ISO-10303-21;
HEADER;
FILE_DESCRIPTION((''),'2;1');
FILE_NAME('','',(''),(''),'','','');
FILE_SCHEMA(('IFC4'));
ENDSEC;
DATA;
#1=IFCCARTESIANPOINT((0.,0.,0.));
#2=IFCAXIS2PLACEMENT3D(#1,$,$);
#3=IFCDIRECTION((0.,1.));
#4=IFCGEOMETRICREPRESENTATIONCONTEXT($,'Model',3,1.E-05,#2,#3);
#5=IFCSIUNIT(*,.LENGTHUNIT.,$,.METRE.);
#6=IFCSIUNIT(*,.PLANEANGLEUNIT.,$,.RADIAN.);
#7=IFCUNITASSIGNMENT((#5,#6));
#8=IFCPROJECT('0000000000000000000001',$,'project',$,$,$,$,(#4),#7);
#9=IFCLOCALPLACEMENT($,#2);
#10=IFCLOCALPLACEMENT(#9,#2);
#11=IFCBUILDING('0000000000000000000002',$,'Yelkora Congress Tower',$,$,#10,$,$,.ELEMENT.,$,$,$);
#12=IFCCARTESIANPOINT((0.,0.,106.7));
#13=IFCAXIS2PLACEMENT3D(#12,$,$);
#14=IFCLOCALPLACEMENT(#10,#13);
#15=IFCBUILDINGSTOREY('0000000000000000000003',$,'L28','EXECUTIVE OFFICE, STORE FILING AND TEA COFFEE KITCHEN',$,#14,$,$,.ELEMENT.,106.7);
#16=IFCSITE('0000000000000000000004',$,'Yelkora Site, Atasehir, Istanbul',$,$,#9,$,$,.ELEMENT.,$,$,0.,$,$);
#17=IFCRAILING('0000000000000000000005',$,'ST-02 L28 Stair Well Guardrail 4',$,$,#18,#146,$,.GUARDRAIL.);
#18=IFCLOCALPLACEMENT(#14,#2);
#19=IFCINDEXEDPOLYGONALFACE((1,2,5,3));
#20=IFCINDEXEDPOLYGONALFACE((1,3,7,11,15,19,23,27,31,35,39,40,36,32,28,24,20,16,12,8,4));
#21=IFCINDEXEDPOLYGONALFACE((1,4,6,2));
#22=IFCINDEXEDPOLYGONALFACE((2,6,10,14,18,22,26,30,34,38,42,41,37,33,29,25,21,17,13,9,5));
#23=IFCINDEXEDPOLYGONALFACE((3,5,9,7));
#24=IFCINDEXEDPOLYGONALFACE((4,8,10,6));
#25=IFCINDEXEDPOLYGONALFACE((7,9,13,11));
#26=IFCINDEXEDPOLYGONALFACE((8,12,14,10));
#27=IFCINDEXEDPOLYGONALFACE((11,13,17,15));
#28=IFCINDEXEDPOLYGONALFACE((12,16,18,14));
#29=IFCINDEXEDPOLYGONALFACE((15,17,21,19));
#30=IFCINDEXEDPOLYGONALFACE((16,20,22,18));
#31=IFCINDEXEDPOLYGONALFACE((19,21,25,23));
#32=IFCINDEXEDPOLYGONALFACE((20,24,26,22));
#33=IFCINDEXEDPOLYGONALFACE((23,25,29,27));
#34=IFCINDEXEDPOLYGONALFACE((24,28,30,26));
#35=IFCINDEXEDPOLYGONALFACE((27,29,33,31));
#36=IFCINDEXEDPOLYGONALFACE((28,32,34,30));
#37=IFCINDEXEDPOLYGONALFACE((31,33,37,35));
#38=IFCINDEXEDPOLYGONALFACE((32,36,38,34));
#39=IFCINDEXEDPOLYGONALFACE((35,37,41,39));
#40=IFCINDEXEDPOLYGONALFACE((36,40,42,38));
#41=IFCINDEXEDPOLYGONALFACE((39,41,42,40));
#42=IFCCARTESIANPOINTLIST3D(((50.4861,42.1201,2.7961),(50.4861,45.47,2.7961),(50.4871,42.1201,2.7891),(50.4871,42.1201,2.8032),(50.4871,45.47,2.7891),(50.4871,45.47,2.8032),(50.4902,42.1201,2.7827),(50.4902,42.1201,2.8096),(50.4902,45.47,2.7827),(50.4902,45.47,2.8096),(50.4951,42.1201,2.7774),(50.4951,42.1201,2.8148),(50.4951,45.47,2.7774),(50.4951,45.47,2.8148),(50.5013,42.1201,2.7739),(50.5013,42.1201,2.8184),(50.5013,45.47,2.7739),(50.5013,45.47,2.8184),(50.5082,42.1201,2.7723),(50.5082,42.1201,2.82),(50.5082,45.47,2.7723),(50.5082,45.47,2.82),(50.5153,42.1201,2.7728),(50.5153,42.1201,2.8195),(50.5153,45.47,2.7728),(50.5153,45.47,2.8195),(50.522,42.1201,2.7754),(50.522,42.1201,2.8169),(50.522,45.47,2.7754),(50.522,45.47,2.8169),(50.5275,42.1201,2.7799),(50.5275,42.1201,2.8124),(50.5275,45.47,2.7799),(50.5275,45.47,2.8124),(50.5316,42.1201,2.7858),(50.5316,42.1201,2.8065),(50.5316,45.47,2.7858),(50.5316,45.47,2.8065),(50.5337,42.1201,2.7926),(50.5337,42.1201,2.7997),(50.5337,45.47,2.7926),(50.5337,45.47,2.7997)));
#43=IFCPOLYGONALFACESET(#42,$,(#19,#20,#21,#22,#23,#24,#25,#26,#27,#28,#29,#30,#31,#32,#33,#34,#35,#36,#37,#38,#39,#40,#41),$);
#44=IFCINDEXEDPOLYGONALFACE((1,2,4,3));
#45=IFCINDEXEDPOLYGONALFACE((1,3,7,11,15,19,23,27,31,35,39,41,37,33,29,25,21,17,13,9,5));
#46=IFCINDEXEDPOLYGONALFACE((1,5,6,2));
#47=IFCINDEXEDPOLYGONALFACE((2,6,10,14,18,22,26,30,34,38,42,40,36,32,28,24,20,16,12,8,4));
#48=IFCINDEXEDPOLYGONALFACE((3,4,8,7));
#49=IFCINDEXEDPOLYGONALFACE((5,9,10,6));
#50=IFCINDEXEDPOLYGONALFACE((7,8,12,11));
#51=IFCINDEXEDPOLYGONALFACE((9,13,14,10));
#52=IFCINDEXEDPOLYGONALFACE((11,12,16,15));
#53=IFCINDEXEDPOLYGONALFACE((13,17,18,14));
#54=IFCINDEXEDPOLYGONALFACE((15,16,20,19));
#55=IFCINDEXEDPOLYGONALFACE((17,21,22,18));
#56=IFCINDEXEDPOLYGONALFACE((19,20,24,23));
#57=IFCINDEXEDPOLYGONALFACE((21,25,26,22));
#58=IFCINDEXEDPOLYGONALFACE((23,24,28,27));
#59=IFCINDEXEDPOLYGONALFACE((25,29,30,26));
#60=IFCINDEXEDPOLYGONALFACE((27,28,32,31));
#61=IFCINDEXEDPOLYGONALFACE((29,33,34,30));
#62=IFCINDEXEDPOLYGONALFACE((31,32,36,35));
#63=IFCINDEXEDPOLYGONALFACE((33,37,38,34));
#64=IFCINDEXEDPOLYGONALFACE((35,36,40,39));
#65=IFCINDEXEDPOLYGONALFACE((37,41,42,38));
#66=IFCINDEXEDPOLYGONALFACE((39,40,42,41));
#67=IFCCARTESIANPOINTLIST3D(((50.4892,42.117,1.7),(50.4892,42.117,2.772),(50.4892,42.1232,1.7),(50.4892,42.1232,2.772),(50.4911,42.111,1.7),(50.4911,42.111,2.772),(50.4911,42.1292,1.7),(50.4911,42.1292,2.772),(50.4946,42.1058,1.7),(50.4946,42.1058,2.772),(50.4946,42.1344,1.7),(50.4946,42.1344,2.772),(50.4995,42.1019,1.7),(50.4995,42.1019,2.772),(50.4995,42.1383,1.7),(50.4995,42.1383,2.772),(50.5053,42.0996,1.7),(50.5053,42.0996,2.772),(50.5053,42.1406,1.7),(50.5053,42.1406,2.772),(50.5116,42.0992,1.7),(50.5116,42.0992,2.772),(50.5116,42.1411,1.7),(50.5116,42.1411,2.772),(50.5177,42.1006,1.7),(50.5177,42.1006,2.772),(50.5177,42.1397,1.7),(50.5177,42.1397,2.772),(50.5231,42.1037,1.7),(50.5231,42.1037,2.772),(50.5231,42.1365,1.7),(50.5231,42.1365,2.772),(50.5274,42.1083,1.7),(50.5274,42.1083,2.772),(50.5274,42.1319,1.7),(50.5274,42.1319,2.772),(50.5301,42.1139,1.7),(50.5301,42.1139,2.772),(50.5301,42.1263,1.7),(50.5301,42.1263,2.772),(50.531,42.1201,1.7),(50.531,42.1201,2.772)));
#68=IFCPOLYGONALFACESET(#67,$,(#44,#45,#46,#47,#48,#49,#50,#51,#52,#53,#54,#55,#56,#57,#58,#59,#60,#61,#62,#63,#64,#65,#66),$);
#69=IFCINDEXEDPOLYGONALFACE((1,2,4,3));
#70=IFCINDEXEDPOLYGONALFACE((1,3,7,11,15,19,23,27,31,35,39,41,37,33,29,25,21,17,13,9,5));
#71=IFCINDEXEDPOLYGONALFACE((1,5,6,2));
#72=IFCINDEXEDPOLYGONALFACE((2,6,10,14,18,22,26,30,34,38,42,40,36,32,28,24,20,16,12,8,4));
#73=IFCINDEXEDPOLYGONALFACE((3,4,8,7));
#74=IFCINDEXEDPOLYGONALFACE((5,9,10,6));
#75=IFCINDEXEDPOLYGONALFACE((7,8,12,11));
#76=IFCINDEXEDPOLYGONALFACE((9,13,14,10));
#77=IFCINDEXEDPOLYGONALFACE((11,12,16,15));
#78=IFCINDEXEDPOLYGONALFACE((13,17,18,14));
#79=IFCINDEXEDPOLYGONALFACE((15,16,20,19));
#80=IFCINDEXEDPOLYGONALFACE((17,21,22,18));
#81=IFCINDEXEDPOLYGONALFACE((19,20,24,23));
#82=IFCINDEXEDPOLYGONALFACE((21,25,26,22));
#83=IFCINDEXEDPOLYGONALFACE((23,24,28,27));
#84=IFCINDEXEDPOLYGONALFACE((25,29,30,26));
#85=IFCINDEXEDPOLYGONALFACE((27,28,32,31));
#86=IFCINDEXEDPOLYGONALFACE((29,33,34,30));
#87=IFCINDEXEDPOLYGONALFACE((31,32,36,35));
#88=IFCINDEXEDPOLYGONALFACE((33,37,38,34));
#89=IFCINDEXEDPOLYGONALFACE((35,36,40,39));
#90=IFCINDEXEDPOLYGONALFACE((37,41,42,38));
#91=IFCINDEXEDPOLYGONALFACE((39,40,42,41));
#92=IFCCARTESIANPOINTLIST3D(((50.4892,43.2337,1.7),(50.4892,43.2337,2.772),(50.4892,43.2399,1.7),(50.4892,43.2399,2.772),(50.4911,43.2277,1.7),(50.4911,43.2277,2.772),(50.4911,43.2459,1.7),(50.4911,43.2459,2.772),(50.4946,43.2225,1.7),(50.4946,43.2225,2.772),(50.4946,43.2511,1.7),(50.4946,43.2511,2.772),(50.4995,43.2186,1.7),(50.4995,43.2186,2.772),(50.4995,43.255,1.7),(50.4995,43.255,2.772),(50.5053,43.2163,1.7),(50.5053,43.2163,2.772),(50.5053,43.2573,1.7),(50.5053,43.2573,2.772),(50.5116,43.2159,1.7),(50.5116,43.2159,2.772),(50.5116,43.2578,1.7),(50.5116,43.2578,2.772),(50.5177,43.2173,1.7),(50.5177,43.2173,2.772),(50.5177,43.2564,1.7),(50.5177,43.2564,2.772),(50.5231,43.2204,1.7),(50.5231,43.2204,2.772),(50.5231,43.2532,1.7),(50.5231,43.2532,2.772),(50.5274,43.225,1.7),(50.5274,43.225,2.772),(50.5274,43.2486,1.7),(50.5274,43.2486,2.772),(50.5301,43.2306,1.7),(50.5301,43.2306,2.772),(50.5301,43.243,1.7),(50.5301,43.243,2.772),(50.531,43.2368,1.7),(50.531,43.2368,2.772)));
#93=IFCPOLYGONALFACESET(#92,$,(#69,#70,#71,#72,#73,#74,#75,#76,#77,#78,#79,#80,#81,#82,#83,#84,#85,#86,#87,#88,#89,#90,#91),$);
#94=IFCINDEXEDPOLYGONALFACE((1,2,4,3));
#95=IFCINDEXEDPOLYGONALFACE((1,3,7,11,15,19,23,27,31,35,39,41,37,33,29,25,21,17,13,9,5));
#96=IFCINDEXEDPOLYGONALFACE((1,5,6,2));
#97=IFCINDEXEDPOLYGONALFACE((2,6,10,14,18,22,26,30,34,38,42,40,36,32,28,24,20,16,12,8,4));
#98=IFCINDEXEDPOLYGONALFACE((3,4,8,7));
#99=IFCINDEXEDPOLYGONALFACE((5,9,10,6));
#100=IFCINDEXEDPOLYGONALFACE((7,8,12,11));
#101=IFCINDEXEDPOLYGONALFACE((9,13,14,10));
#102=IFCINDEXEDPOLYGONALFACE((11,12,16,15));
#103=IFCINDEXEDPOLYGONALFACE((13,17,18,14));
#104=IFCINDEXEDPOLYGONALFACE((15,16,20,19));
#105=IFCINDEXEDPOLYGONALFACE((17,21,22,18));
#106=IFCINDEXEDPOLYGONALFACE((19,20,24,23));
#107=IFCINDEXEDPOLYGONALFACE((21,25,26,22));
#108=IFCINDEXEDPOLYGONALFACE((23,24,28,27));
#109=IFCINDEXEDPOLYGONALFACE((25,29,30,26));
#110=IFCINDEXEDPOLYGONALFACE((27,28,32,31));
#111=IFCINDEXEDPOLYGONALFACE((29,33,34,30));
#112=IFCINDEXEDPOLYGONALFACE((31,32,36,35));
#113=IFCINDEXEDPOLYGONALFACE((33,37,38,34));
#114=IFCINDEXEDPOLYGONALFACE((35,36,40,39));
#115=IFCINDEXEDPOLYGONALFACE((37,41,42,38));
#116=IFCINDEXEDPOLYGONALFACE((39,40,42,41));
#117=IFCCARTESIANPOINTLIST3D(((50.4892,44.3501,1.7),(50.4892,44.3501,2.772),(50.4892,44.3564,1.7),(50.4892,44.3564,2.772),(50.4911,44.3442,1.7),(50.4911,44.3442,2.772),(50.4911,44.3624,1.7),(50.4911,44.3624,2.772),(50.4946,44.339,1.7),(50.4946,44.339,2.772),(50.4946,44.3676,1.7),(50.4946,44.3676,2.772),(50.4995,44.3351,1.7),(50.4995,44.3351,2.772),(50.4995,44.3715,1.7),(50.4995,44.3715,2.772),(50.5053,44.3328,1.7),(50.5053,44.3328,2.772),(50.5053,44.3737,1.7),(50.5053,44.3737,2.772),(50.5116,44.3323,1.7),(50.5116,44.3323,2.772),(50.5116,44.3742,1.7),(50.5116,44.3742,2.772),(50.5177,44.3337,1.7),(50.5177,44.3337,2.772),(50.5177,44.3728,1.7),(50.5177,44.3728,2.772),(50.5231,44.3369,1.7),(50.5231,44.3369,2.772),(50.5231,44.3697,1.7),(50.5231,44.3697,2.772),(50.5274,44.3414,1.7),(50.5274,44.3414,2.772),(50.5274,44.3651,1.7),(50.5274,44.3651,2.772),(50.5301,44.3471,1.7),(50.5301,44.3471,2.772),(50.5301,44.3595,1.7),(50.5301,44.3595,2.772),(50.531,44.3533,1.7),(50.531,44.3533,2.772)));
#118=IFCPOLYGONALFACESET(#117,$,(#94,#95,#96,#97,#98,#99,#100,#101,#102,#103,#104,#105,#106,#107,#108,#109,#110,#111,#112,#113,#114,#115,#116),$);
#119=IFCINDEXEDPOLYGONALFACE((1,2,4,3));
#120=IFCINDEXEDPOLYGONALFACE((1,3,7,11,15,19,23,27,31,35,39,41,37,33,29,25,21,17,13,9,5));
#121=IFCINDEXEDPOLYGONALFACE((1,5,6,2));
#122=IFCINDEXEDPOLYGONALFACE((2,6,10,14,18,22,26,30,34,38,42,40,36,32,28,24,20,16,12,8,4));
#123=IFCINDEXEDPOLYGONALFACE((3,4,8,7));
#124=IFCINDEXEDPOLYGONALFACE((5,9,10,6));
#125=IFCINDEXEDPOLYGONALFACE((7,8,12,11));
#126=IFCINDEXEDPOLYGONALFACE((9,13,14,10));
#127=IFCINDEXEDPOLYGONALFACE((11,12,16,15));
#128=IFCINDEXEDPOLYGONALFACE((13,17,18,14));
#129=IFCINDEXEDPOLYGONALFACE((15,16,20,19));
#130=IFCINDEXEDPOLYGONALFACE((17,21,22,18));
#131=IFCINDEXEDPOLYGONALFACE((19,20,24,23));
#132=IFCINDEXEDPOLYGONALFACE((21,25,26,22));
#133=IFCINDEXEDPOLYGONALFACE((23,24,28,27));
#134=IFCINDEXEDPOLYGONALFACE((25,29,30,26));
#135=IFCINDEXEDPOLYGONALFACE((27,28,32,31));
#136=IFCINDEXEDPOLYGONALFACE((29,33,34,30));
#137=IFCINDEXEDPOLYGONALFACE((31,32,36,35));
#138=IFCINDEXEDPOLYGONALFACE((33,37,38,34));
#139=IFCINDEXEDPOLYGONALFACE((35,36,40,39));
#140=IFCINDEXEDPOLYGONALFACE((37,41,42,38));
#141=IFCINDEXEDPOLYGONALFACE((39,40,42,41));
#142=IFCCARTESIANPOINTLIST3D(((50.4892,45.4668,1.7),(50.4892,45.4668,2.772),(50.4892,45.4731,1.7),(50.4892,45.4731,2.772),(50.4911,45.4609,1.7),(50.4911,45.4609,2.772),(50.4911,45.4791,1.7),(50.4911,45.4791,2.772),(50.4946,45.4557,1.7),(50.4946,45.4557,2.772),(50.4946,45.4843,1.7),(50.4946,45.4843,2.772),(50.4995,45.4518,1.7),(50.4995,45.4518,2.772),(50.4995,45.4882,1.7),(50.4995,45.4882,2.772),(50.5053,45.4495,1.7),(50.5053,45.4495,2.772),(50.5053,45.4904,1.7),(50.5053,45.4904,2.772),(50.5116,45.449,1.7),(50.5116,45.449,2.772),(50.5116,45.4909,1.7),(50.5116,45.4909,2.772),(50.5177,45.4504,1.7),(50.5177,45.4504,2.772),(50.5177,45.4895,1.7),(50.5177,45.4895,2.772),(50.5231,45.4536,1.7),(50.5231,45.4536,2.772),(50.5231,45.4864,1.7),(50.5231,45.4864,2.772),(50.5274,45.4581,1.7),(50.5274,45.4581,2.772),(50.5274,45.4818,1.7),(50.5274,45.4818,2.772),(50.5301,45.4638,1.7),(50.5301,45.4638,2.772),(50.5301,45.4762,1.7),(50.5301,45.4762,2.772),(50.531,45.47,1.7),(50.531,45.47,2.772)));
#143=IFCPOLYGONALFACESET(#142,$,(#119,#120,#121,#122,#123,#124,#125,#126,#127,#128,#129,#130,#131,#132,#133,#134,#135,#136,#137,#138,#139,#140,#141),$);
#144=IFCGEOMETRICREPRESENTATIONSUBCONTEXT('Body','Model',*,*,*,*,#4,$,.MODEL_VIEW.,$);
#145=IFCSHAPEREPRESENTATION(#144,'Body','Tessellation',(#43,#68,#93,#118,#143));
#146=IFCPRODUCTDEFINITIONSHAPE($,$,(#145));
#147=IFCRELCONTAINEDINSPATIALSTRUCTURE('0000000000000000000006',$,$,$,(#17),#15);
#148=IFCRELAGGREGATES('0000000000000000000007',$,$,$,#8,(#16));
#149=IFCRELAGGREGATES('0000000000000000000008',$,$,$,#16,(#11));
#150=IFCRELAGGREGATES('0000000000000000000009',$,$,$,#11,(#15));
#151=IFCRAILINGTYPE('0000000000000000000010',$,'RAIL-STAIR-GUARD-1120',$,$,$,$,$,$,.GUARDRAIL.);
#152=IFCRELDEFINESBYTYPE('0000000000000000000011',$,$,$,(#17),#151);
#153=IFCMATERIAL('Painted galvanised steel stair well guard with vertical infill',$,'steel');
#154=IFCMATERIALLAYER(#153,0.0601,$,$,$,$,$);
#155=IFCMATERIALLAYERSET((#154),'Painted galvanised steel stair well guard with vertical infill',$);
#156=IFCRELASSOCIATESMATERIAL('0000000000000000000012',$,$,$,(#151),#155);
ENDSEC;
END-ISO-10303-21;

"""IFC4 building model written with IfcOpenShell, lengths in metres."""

from ifc_helpers import new_model, si_unit, direction, frame, origin, origin_2d, place, context, subcontext, project, spatial, circle, extrude, material, layer, layer_set, type_object, element, save


model = new_model("IFC4")

# Units and contexts
model_context = context("Model", 3, precision=1e-05, world=origin(), true_north=direction((0.0, 1.0)))
body_context = subcontext(model_context, "Body", "Model", "MODEL_VIEW")
ifc_project = project(units=[si_unit("LENGTHUNIT", "METRE"), si_unit("PLANEANGLEUNIT", "RADIAN")], contexts=[model_context])

# Site, building, storey
site_placement = place(None, origin())
site = spatial("IfcSite", under=ifc_project, at=site_placement, Name="Yelkora Site, Atasehir, Istanbul", CompositionType="ELEMENT", RefElevation=0.0)
building_placement = place(site_placement, origin())
building = spatial("IfcBuilding", under=site, at=building_placement, Name="Yelkora Congress Tower", CompositionType="ELEMENT")
storey_placement = place(building_placement, frame((0.0, 0.0, 106.7)))
storey = spatial("IfcBuildingStorey", under=building, at=storey_placement, Name="L28", Description="EXECUTIVE OFFICE, STORE FILING AND TEA COFFEE KITCHEN", CompositionType="ELEMENT", Elevation=106.7)

# Railing
ifc_material_1 = material(Name="Painted galvanised steel stair well guard with vertical infill", Category="steel")
ifc_layer_1 = layer(ifc_material_1, 0.0601)
ifc_layer_set_1 = layer_set([ifc_layer_1], Name="Painted galvanised steel stair well guard with vertical infill")
railing_type_1 = type_object("IfcRailingType", Name="RAIL-STAIR-GUARD-1120", PredefinedType="GUARDRAIL", material=ifc_layer_set_1)
for number, where, name in (
    (1, (50.51, 42.1201, 1.7), "ST-02 L28 Stair Well Guardrail 4"),
):
    element("IfcRailing", number, at=place(storey_placement, frame(where)), inside=storey, type_object=railing_type_1, Name=name, PredefinedType="GUARDRAIL", context=body_context, shape_type="SweptSolid", body=[
        extrude(circle(Radius=0.0239, at=origin_2d()), frame((0.0, 0.0, 1.0962), z_axis=(0.0, 1.0, 0.0), x_axis=(-1.0, 0.0, 0.0)), (0.0, 0.0, 1.0), 3.3499),
        extrude(circle(Radius=0.021, at=origin_2d()), origin(), (0.0, 0.0, 1.0), 1.072),
        extrude(circle(Radius=0.021, at=origin_2d()), frame((0.0, 1.1167, 0.0)), (0.0, 0.0, 1.0), 1.072),
        extrude(circle(Radius=0.021, at=origin_2d()), frame((0.0, 2.2332, 0.0)), (0.0, 0.0, 1.0), 1.072),
        extrude(circle(Radius=0.021, at=origin_2d()), frame((0.0, 3.3499, 0.0)), (0.0, 0.0, 1.0), 1.072),
    ])

save(model, "model.ifc")
